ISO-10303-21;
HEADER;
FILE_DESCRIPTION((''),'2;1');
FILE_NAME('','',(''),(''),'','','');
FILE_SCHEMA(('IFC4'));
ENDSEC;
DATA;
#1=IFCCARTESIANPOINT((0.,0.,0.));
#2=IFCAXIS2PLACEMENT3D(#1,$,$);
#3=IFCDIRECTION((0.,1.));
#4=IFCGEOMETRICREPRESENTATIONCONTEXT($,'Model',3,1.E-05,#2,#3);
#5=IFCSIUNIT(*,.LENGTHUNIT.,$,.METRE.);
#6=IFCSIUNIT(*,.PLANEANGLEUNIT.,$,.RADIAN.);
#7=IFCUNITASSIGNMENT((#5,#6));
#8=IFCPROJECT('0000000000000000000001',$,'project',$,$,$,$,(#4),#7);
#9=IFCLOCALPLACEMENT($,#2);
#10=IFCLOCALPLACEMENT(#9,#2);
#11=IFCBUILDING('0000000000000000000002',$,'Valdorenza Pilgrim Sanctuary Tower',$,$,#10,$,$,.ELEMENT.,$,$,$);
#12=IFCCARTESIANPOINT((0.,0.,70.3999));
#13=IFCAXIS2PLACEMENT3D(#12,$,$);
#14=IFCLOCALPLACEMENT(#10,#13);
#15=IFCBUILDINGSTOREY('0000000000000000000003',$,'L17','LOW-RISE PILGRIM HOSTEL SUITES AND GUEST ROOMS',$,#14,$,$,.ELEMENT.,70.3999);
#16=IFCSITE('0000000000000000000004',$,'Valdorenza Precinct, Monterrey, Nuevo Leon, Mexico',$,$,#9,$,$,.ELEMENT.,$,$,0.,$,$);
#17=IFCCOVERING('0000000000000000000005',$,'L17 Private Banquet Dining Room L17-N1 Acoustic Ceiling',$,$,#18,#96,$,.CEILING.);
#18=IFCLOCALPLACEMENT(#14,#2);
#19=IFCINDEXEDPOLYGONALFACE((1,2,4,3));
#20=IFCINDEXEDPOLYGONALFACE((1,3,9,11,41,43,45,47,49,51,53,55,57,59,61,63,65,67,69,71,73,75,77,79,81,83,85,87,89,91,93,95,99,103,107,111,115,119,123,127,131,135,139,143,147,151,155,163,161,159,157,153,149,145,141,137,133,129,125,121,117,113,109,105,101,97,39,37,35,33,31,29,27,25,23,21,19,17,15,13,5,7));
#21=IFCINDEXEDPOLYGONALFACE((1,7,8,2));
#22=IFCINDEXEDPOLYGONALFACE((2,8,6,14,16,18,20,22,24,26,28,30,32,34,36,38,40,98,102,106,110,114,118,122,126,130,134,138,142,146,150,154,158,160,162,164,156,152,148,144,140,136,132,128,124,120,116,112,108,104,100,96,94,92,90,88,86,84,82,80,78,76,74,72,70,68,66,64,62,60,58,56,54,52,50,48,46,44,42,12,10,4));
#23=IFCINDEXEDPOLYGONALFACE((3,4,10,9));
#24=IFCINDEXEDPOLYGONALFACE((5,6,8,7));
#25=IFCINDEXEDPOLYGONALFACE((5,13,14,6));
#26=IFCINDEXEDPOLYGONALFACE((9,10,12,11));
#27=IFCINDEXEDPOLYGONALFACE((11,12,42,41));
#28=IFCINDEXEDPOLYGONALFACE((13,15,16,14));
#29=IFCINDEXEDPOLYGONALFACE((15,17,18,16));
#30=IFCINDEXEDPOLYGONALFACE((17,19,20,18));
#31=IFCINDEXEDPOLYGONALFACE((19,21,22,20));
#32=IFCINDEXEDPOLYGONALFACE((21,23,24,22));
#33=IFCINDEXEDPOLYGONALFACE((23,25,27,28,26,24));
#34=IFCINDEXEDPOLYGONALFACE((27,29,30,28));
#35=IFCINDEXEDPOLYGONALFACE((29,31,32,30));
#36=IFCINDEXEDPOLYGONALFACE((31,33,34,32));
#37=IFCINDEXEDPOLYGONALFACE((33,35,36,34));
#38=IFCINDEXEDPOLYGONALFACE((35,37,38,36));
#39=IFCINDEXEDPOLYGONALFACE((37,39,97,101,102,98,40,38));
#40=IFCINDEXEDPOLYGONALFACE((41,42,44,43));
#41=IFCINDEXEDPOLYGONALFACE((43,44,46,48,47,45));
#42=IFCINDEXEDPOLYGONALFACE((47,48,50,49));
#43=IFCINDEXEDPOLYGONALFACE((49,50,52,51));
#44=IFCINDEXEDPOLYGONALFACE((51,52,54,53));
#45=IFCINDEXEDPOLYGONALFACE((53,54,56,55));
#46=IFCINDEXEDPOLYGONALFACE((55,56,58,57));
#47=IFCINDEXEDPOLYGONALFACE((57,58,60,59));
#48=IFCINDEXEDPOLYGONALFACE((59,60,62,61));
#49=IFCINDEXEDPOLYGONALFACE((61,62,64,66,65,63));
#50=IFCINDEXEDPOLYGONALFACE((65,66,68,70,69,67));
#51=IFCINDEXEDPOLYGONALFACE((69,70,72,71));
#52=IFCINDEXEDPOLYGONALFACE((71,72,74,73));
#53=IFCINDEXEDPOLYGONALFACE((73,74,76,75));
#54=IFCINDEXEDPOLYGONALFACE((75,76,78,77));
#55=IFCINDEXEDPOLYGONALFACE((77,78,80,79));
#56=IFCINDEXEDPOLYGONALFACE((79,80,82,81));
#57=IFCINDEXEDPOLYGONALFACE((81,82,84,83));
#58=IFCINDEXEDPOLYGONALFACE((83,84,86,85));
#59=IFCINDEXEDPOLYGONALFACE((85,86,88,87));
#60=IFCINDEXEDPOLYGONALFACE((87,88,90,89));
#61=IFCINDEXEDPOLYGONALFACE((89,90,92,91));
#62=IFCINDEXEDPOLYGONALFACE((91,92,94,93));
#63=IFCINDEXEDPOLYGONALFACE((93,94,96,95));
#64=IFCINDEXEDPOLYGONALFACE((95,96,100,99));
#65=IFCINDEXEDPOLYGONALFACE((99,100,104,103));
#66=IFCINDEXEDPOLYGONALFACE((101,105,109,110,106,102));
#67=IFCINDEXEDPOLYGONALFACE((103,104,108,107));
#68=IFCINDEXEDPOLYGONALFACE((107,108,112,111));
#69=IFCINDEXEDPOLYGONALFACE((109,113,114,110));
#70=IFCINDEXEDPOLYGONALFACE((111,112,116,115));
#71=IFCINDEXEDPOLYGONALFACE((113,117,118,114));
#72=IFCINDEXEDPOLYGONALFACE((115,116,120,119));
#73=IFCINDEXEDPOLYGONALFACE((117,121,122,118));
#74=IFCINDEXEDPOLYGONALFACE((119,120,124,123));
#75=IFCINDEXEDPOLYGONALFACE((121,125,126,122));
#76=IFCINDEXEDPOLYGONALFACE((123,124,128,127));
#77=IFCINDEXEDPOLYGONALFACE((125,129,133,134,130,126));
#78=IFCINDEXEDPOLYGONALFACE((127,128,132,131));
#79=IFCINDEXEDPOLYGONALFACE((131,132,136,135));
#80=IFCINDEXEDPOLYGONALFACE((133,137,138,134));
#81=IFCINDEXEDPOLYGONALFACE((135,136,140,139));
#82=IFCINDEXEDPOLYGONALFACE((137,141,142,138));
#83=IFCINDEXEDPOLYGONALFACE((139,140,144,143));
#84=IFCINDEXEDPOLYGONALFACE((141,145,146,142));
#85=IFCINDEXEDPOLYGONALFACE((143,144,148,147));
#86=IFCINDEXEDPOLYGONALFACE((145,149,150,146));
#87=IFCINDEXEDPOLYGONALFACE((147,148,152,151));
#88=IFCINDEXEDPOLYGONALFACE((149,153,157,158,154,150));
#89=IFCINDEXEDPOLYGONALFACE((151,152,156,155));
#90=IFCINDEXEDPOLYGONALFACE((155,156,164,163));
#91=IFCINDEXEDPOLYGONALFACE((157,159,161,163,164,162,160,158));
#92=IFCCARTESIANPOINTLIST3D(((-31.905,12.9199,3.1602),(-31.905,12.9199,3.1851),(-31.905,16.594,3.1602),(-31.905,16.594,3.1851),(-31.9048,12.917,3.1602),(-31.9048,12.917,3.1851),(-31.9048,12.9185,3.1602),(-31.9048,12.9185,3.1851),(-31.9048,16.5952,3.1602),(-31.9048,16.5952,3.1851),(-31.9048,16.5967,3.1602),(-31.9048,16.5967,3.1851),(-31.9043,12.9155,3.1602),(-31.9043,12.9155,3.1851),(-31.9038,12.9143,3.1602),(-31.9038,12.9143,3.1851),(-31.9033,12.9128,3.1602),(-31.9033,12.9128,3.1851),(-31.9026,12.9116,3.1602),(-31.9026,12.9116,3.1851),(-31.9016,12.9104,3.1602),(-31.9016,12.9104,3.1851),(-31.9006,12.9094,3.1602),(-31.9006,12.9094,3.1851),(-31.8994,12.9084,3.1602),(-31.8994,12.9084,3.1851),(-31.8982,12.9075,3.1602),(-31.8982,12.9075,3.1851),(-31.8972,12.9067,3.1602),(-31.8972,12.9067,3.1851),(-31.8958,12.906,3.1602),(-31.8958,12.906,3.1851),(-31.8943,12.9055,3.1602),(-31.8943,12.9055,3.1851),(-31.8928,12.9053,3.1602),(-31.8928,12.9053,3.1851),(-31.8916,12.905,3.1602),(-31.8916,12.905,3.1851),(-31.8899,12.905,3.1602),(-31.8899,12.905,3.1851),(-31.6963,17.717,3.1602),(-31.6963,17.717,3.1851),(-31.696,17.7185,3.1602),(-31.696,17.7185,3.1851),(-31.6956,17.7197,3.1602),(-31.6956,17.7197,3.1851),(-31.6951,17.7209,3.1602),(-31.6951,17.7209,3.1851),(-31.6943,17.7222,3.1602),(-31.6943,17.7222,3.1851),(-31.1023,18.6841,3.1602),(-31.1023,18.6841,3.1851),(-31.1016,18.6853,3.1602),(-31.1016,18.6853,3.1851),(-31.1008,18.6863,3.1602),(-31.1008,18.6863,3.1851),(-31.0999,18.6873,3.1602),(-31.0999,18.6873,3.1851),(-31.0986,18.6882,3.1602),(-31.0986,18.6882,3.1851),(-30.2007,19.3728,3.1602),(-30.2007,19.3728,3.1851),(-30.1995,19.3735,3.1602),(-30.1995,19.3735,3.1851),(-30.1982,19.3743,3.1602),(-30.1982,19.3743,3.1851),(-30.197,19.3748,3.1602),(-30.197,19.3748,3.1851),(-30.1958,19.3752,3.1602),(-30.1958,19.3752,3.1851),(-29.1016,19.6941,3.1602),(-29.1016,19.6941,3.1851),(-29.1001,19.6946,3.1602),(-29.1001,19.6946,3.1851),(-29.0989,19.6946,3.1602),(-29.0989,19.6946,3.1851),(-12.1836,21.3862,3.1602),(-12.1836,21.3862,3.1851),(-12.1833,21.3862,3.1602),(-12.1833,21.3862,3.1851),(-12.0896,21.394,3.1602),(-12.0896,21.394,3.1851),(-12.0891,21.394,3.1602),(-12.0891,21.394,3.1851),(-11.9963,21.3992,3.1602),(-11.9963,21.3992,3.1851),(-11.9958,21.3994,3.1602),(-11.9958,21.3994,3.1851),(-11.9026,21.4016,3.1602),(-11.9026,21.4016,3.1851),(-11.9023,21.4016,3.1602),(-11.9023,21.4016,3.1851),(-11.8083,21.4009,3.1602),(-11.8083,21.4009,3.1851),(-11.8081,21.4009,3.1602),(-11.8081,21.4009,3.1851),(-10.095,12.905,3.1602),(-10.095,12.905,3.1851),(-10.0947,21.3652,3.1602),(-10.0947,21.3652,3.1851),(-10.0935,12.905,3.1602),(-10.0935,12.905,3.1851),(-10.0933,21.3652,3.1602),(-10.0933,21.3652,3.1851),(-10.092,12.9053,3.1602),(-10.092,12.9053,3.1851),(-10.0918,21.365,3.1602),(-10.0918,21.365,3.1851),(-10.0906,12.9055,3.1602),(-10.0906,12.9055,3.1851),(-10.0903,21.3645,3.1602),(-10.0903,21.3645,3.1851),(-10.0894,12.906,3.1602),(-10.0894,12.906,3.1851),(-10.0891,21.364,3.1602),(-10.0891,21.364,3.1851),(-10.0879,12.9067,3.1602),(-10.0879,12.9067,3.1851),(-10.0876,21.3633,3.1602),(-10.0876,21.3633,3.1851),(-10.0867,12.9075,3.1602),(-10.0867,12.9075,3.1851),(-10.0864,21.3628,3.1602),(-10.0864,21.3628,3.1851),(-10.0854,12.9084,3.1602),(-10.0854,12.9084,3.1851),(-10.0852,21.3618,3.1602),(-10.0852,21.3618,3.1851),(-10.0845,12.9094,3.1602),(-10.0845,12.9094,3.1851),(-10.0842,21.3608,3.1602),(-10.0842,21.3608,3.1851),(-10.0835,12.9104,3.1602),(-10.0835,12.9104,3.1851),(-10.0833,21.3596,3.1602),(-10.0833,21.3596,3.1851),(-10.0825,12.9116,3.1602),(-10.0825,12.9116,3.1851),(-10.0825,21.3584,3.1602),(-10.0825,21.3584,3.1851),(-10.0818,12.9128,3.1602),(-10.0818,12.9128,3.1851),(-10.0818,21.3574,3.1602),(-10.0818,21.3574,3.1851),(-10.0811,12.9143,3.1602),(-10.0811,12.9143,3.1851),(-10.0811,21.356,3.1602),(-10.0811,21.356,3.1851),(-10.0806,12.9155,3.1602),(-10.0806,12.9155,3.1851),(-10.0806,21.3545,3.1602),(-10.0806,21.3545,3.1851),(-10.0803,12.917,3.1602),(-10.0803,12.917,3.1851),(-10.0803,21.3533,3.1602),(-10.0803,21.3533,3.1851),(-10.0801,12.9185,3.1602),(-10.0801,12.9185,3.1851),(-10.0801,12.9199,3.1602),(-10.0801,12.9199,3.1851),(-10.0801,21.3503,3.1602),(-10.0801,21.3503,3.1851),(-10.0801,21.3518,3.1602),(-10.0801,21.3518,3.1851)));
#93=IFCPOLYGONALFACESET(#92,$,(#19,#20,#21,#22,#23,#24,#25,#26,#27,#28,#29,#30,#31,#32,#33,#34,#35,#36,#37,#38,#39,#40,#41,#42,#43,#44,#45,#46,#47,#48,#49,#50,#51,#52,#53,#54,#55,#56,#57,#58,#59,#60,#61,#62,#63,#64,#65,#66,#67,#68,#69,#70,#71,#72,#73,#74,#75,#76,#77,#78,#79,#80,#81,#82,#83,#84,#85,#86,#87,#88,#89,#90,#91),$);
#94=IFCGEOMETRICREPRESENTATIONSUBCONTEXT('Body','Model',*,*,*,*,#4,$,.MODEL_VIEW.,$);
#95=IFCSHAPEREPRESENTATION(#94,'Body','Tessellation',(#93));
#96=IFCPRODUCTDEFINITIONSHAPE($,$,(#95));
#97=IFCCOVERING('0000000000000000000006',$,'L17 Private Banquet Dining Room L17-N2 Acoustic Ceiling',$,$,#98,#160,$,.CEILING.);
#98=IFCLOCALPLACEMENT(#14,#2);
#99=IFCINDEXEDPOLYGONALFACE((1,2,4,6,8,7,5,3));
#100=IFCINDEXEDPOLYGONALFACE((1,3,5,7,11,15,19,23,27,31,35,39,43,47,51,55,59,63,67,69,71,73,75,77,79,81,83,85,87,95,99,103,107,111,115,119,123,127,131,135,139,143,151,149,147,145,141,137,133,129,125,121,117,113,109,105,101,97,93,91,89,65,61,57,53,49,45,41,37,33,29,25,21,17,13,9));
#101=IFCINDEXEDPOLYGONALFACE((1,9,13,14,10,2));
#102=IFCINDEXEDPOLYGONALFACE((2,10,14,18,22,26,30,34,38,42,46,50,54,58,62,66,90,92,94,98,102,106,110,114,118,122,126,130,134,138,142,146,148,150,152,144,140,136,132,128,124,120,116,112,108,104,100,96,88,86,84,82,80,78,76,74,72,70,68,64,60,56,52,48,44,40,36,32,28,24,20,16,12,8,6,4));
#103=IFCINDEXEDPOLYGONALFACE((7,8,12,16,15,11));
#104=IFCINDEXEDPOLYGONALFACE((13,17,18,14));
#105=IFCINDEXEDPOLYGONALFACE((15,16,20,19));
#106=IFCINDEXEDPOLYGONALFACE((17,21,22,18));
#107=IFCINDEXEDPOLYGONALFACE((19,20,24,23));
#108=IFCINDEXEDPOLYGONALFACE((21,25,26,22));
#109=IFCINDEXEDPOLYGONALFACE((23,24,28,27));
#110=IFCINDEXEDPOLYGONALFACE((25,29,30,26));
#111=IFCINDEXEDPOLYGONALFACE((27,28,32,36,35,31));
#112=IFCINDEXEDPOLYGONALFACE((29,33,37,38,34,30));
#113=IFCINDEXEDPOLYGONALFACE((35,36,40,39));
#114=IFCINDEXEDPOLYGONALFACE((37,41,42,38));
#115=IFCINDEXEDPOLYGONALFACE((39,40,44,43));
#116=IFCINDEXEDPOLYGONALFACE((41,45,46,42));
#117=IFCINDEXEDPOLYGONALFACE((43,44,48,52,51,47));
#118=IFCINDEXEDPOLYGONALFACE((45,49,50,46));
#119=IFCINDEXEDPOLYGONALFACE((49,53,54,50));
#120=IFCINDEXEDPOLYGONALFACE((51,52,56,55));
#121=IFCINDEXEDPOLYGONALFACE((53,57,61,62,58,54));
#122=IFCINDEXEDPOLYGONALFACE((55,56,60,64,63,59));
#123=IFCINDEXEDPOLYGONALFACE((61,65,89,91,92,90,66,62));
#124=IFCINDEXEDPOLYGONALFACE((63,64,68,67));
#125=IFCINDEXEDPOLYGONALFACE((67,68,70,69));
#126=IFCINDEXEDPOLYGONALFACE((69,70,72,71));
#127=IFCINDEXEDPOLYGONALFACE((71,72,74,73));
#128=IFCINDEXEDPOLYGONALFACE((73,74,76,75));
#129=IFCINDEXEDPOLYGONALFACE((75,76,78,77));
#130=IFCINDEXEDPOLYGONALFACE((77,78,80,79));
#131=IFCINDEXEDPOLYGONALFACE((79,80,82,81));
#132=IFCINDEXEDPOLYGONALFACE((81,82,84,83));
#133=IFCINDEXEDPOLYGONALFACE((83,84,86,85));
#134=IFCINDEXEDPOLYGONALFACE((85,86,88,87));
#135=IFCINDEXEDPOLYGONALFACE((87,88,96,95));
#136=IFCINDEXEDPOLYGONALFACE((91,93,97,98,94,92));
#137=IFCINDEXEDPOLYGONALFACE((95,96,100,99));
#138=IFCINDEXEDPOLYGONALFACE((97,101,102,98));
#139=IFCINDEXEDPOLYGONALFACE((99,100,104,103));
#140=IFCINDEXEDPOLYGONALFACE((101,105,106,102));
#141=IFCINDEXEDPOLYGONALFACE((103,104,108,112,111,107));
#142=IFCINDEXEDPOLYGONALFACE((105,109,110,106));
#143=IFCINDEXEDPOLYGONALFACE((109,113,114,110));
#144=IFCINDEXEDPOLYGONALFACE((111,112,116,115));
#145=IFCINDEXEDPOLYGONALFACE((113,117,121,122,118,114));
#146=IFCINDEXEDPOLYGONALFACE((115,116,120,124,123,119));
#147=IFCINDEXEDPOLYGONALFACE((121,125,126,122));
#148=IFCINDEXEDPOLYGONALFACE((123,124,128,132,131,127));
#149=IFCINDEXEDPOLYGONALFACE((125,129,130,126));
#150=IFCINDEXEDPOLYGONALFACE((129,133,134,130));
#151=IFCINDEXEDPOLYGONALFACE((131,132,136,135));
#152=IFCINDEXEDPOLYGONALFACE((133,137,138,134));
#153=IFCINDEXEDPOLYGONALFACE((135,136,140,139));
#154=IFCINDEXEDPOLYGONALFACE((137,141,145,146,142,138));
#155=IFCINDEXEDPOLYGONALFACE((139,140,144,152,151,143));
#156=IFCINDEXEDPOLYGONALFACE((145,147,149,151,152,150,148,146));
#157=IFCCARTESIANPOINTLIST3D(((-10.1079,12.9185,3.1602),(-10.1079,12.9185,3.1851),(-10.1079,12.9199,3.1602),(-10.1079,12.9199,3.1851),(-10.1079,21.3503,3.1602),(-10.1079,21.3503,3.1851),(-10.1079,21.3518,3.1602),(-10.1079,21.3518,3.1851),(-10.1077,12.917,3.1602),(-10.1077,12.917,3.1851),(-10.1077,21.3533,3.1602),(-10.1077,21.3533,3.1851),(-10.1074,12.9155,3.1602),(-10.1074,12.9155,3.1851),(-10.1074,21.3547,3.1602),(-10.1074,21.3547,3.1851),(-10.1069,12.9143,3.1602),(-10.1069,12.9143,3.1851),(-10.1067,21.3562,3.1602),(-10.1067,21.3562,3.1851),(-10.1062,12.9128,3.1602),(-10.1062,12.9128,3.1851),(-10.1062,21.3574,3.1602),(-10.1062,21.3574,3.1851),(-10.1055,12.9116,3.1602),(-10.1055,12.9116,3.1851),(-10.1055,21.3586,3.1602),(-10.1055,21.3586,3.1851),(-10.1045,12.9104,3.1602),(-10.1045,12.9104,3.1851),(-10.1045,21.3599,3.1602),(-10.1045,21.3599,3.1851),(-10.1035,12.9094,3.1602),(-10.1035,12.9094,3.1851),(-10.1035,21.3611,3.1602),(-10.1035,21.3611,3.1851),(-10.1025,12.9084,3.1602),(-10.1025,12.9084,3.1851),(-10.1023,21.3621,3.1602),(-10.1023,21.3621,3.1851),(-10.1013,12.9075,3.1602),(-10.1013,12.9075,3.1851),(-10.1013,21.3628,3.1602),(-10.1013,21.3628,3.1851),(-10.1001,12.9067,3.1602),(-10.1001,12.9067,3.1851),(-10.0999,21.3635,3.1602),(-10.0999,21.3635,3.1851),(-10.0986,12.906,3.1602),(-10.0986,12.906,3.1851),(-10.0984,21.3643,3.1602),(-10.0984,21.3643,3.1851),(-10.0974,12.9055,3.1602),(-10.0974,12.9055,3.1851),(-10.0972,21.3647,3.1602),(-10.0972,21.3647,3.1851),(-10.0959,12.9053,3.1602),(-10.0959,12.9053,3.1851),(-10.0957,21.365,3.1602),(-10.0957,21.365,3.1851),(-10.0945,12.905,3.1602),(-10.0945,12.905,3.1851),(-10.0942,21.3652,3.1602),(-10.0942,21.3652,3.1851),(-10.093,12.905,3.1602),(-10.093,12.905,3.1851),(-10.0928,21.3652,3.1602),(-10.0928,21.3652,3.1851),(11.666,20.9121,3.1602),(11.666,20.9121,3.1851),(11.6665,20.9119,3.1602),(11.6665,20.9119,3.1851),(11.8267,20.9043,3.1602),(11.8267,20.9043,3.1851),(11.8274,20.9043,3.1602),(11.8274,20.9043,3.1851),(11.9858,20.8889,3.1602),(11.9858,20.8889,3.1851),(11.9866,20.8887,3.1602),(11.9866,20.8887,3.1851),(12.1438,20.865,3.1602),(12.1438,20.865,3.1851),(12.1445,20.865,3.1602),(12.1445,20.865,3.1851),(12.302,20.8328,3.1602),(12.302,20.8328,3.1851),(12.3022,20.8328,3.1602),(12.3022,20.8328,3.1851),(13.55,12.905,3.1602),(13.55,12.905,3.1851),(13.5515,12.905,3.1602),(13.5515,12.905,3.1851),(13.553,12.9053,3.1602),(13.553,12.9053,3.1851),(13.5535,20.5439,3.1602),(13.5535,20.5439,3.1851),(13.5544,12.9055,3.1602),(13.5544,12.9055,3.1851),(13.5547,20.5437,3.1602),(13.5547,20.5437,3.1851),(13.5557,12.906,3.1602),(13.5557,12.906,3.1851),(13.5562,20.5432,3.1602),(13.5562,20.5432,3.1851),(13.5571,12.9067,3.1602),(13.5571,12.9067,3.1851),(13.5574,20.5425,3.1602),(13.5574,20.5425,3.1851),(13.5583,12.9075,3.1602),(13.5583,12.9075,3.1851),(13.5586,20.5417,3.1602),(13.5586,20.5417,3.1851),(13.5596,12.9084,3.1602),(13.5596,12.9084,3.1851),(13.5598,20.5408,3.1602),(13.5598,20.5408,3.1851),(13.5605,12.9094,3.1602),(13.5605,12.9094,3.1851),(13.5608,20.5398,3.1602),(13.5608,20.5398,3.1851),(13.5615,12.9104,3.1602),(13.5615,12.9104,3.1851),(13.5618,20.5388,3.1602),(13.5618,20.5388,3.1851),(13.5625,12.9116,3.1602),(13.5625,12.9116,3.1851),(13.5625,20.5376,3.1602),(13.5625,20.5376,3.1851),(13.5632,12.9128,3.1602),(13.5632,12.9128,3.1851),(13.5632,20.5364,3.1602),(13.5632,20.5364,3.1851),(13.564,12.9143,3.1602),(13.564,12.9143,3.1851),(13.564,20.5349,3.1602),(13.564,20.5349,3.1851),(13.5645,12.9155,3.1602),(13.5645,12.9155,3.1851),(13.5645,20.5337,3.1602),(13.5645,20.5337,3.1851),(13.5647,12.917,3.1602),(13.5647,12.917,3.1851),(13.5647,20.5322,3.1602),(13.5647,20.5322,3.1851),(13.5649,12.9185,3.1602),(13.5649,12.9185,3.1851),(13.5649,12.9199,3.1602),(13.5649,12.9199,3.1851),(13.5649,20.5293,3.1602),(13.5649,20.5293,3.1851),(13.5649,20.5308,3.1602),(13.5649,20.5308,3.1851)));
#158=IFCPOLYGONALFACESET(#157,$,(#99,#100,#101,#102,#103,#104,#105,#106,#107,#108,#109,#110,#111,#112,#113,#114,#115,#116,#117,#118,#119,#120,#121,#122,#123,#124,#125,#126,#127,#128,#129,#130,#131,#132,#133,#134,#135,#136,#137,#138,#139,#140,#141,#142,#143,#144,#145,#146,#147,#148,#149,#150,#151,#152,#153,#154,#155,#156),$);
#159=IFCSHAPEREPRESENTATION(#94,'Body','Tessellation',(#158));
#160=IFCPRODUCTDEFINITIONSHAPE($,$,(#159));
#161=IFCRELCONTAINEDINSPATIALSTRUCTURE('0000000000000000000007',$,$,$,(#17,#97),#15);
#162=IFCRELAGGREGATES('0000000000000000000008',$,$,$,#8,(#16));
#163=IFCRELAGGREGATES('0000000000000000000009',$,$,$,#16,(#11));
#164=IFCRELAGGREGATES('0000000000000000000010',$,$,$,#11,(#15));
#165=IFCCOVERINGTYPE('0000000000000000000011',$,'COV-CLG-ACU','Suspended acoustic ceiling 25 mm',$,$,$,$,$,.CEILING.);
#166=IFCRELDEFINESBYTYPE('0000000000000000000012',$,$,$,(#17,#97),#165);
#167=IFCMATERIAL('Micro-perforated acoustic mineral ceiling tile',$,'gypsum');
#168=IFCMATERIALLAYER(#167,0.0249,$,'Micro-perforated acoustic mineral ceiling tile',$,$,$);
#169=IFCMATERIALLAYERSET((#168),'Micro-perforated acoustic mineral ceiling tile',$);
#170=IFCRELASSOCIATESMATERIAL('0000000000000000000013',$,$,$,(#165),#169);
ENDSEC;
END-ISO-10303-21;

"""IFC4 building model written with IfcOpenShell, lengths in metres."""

from ifc_helpers import new_model, si_unit, direction, frame, origin, place, context, subcontext, project, spatial, polyline, outline, extrude, material, layer, layer_set, type_object, element, save


model = new_model("IFC4")

# Units and contexts
model_context = context("Model", 3, precision=1e-05, world=origin(), true_north=direction((0.0, 1.0)))
body_context = subcontext(model_context, "Body", "Model", "MODEL_VIEW")
ifc_project = project(units=[si_unit("LENGTHUNIT", "METRE"), si_unit("PLANEANGLEUNIT", "RADIAN")], contexts=[model_context])

# Site, building, storey
site_placement = place(None, origin())
site = spatial("IfcSite", under=ifc_project, at=site_placement, Name="Valdorenza Precinct, Monterrey, Nuevo Leon, Mexico", CompositionType="ELEMENT", RefElevation=0.0)
building_placement = place(site_placement, origin())
building = spatial("IfcBuilding", under=site, at=building_placement, Name="Valdorenza Pilgrim Sanctuary Tower", CompositionType="ELEMENT")
storey_placement = place(building_placement, frame((0.0, 0.0, 70.3999)))
storey = spatial("IfcBuildingStorey", under=building, at=storey_placement, Name="L17", Description="LOW-RISE PILGRIM HOSTEL SUITES AND GUEST ROOMS", CompositionType="ELEMENT", Elevation=70.3999)

# Coverings
ifc_material_1 = material(Name="Micro-perforated acoustic mineral ceiling tile", Category="gypsum")
ifc_layer_1 = layer(ifc_material_1, 0.0249, Name="Micro-perforated acoustic mineral ceiling tile")
ifc_layer_set_1 = layer_set([ifc_layer_1], Name="Micro-perforated acoustic mineral ceiling tile")
covering_type_1 = type_object("IfcCoveringType", Name="COV-CLG-ACU", Description="Suspended acoustic ceiling 25 mm", PredefinedType="CEILING", material=ifc_layer_set_1)
covering_1_placement = place(storey_placement, frame((0.0, 0.0, 3.1602)))
element("IfcCovering", 1, at=covering_1_placement, inside=storey, type_object=covering_type_1, Name="L17 Private Banquet Dining Room L17-N1 Acoustic Ceiling", PredefinedType="CEILING", context=body_context, shape_type="SweptSolid", body=[
    extrude(outline(polyline([(-31.8899, 12.905), (-31.8916, 12.905), (-31.8928, 12.9053), (-31.8943, 12.9055), (-31.8958, 12.906), (-31.8972, 12.9067), (-31.8982, 12.9075), (-31.8994, 12.9084), (-31.9006, 12.9094), (-31.9016, 12.9104), (-31.9026, 12.9116), (-31.9033, 12.9128), (-31.9038, 12.9143), (-31.9043, 12.9155), (-31.9048, 12.917), (-31.9048, 12.9185), (-31.905, 12.9199), (-31.905, 16.594), (-31.9048, 16.5952), (-31.9048, 16.5967), (-31.6963, 17.717), (-31.696, 17.7185), (-31.6956, 17.7197), (-31.6951, 17.7209), (-31.6943, 17.7222), (-31.1023, 18.6841), (-31.1016, 18.6853), (-31.1008, 18.6863), (-31.0999, 18.6873), (-31.0986, 18.6882), (-30.2007, 19.3728), (-30.1995, 19.3735), (-30.1982, 19.3743), (-30.197, 19.3748), (-30.1958, 19.3752), (-29.1016, 19.6941), (-29.1001, 19.6946), (-29.0989, 19.6946), (-12.1836, 21.3862), (-12.1833, 21.3862), (-12.0896, 21.394), (-12.0891, 21.394), (-11.9963, 21.3992), (-11.9958, 21.3994), (-11.9026, 21.4016), (-11.9023, 21.4016), (-11.8083, 21.4009), (-11.8081, 21.4009), (-10.0947, 21.3652), (-10.0933, 21.3652), (-10.0918, 21.365), (-10.0903, 21.3645), (-10.0891, 21.364), (-10.0876, 21.3633), (-10.0864, 21.3628), (-10.0852, 21.3618), (-10.0842, 21.3608), (-10.0833, 21.3596), (-10.0825, 21.3584), (-10.0818, 21.3574), (-10.0811, 21.356), (-10.0806, 21.3545), (-10.0803, 21.3533), (-10.0801, 21.3518), (-10.0801, 21.3503), (-10.0801, 12.9199), (-10.0801, 12.9185), (-10.0803, 12.917), (-10.0806, 12.9155), (-10.0811, 12.9143), (-10.0818, 12.9128), (-10.0825, 12.9116), (-10.0835, 12.9104), (-10.0845, 12.9094), (-10.0854, 12.9084), (-10.0867, 12.9075), (-10.0879, 12.9067), (-10.0894, 12.906), (-10.0906, 12.9055), (-10.092, 12.9053), (-10.0935, 12.905), (-10.095, 12.905), (-31.8899, 12.905)])), origin(), (0.0, 0.0, 1.0), 0.0249),
])
covering_2_placement = place(storey_placement, frame((0.0, 0.0, 3.1602)))
element("IfcCovering", 2, at=covering_2_placement, inside=storey, type_object=covering_type_1, Name="L17 Private Banquet Dining Room L17-N2 Acoustic Ceiling", PredefinedType="CEILING", context=body_context, shape_type="SweptSolid", body=[
    extrude(outline(polyline([(-10.093, 12.905), (-10.0945, 12.905), (-10.0959, 12.9053), (-10.0974, 12.9055), (-10.0986, 12.906), (-10.1001, 12.9067), (-10.1013, 12.9075), (-10.1025, 12.9084), (-10.1035, 12.9094), (-10.1045, 12.9104), (-10.1055, 12.9116), (-10.1062, 12.9128), (-10.1069, 12.9143), (-10.1074, 12.9155), (-10.1077, 12.917), (-10.1079, 12.9185), (-10.1079, 12.9199), (-10.1079, 21.3503), (-10.1079, 21.3518), (-10.1077, 21.3533), (-10.1074, 21.3547), (-10.1067, 21.3562), (-10.1062, 21.3574), (-10.1055, 21.3586), (-10.1045, 21.3599), (-10.1035, 21.3611), (-10.1023, 21.3621), (-10.1013, 21.3628), (-10.0999, 21.3635), (-10.0984, 21.3643), (-10.0972, 21.3647), (-10.0957, 21.365), (-10.0942, 21.3652), (-10.0928, 21.3652), (11.666, 20.9121), (11.6665, 20.9119), (11.8267, 20.9043), (11.8274, 20.9043), (11.9858, 20.8889), (11.9866, 20.8887), (12.1438, 20.865), (12.1445, 20.865), (12.302, 20.8328), (12.3022, 20.8328), (13.5535, 20.5439), (13.5547, 20.5437), (13.5562, 20.5432), (13.5574, 20.5425), (13.5586, 20.5417), (13.5598, 20.5408), (13.5608, 20.5398), (13.5618, 20.5388), (13.5625, 20.5376), (13.5632, 20.5364), (13.564, 20.5349), (13.5645, 20.5337), (13.5647, 20.5322), (13.5649, 20.5308), (13.5649, 20.5293), (13.5649, 12.9199), (13.5649, 12.9185), (13.5647, 12.917), (13.5645, 12.9155), (13.564, 12.9143), (13.5632, 12.9128), (13.5625, 12.9116), (13.5615, 12.9104), (13.5605, 12.9094), (13.5596, 12.9084), (13.5583, 12.9075), (13.5571, 12.9067), (13.5557, 12.906), (13.5544, 12.9055), (13.553, 12.9053), (13.5515, 12.905), (13.55, 12.905), (-10.093, 12.905)])), origin(), (0.0, 0.0, 1.0), 0.0249),
])

save(model, "model.ifc")
